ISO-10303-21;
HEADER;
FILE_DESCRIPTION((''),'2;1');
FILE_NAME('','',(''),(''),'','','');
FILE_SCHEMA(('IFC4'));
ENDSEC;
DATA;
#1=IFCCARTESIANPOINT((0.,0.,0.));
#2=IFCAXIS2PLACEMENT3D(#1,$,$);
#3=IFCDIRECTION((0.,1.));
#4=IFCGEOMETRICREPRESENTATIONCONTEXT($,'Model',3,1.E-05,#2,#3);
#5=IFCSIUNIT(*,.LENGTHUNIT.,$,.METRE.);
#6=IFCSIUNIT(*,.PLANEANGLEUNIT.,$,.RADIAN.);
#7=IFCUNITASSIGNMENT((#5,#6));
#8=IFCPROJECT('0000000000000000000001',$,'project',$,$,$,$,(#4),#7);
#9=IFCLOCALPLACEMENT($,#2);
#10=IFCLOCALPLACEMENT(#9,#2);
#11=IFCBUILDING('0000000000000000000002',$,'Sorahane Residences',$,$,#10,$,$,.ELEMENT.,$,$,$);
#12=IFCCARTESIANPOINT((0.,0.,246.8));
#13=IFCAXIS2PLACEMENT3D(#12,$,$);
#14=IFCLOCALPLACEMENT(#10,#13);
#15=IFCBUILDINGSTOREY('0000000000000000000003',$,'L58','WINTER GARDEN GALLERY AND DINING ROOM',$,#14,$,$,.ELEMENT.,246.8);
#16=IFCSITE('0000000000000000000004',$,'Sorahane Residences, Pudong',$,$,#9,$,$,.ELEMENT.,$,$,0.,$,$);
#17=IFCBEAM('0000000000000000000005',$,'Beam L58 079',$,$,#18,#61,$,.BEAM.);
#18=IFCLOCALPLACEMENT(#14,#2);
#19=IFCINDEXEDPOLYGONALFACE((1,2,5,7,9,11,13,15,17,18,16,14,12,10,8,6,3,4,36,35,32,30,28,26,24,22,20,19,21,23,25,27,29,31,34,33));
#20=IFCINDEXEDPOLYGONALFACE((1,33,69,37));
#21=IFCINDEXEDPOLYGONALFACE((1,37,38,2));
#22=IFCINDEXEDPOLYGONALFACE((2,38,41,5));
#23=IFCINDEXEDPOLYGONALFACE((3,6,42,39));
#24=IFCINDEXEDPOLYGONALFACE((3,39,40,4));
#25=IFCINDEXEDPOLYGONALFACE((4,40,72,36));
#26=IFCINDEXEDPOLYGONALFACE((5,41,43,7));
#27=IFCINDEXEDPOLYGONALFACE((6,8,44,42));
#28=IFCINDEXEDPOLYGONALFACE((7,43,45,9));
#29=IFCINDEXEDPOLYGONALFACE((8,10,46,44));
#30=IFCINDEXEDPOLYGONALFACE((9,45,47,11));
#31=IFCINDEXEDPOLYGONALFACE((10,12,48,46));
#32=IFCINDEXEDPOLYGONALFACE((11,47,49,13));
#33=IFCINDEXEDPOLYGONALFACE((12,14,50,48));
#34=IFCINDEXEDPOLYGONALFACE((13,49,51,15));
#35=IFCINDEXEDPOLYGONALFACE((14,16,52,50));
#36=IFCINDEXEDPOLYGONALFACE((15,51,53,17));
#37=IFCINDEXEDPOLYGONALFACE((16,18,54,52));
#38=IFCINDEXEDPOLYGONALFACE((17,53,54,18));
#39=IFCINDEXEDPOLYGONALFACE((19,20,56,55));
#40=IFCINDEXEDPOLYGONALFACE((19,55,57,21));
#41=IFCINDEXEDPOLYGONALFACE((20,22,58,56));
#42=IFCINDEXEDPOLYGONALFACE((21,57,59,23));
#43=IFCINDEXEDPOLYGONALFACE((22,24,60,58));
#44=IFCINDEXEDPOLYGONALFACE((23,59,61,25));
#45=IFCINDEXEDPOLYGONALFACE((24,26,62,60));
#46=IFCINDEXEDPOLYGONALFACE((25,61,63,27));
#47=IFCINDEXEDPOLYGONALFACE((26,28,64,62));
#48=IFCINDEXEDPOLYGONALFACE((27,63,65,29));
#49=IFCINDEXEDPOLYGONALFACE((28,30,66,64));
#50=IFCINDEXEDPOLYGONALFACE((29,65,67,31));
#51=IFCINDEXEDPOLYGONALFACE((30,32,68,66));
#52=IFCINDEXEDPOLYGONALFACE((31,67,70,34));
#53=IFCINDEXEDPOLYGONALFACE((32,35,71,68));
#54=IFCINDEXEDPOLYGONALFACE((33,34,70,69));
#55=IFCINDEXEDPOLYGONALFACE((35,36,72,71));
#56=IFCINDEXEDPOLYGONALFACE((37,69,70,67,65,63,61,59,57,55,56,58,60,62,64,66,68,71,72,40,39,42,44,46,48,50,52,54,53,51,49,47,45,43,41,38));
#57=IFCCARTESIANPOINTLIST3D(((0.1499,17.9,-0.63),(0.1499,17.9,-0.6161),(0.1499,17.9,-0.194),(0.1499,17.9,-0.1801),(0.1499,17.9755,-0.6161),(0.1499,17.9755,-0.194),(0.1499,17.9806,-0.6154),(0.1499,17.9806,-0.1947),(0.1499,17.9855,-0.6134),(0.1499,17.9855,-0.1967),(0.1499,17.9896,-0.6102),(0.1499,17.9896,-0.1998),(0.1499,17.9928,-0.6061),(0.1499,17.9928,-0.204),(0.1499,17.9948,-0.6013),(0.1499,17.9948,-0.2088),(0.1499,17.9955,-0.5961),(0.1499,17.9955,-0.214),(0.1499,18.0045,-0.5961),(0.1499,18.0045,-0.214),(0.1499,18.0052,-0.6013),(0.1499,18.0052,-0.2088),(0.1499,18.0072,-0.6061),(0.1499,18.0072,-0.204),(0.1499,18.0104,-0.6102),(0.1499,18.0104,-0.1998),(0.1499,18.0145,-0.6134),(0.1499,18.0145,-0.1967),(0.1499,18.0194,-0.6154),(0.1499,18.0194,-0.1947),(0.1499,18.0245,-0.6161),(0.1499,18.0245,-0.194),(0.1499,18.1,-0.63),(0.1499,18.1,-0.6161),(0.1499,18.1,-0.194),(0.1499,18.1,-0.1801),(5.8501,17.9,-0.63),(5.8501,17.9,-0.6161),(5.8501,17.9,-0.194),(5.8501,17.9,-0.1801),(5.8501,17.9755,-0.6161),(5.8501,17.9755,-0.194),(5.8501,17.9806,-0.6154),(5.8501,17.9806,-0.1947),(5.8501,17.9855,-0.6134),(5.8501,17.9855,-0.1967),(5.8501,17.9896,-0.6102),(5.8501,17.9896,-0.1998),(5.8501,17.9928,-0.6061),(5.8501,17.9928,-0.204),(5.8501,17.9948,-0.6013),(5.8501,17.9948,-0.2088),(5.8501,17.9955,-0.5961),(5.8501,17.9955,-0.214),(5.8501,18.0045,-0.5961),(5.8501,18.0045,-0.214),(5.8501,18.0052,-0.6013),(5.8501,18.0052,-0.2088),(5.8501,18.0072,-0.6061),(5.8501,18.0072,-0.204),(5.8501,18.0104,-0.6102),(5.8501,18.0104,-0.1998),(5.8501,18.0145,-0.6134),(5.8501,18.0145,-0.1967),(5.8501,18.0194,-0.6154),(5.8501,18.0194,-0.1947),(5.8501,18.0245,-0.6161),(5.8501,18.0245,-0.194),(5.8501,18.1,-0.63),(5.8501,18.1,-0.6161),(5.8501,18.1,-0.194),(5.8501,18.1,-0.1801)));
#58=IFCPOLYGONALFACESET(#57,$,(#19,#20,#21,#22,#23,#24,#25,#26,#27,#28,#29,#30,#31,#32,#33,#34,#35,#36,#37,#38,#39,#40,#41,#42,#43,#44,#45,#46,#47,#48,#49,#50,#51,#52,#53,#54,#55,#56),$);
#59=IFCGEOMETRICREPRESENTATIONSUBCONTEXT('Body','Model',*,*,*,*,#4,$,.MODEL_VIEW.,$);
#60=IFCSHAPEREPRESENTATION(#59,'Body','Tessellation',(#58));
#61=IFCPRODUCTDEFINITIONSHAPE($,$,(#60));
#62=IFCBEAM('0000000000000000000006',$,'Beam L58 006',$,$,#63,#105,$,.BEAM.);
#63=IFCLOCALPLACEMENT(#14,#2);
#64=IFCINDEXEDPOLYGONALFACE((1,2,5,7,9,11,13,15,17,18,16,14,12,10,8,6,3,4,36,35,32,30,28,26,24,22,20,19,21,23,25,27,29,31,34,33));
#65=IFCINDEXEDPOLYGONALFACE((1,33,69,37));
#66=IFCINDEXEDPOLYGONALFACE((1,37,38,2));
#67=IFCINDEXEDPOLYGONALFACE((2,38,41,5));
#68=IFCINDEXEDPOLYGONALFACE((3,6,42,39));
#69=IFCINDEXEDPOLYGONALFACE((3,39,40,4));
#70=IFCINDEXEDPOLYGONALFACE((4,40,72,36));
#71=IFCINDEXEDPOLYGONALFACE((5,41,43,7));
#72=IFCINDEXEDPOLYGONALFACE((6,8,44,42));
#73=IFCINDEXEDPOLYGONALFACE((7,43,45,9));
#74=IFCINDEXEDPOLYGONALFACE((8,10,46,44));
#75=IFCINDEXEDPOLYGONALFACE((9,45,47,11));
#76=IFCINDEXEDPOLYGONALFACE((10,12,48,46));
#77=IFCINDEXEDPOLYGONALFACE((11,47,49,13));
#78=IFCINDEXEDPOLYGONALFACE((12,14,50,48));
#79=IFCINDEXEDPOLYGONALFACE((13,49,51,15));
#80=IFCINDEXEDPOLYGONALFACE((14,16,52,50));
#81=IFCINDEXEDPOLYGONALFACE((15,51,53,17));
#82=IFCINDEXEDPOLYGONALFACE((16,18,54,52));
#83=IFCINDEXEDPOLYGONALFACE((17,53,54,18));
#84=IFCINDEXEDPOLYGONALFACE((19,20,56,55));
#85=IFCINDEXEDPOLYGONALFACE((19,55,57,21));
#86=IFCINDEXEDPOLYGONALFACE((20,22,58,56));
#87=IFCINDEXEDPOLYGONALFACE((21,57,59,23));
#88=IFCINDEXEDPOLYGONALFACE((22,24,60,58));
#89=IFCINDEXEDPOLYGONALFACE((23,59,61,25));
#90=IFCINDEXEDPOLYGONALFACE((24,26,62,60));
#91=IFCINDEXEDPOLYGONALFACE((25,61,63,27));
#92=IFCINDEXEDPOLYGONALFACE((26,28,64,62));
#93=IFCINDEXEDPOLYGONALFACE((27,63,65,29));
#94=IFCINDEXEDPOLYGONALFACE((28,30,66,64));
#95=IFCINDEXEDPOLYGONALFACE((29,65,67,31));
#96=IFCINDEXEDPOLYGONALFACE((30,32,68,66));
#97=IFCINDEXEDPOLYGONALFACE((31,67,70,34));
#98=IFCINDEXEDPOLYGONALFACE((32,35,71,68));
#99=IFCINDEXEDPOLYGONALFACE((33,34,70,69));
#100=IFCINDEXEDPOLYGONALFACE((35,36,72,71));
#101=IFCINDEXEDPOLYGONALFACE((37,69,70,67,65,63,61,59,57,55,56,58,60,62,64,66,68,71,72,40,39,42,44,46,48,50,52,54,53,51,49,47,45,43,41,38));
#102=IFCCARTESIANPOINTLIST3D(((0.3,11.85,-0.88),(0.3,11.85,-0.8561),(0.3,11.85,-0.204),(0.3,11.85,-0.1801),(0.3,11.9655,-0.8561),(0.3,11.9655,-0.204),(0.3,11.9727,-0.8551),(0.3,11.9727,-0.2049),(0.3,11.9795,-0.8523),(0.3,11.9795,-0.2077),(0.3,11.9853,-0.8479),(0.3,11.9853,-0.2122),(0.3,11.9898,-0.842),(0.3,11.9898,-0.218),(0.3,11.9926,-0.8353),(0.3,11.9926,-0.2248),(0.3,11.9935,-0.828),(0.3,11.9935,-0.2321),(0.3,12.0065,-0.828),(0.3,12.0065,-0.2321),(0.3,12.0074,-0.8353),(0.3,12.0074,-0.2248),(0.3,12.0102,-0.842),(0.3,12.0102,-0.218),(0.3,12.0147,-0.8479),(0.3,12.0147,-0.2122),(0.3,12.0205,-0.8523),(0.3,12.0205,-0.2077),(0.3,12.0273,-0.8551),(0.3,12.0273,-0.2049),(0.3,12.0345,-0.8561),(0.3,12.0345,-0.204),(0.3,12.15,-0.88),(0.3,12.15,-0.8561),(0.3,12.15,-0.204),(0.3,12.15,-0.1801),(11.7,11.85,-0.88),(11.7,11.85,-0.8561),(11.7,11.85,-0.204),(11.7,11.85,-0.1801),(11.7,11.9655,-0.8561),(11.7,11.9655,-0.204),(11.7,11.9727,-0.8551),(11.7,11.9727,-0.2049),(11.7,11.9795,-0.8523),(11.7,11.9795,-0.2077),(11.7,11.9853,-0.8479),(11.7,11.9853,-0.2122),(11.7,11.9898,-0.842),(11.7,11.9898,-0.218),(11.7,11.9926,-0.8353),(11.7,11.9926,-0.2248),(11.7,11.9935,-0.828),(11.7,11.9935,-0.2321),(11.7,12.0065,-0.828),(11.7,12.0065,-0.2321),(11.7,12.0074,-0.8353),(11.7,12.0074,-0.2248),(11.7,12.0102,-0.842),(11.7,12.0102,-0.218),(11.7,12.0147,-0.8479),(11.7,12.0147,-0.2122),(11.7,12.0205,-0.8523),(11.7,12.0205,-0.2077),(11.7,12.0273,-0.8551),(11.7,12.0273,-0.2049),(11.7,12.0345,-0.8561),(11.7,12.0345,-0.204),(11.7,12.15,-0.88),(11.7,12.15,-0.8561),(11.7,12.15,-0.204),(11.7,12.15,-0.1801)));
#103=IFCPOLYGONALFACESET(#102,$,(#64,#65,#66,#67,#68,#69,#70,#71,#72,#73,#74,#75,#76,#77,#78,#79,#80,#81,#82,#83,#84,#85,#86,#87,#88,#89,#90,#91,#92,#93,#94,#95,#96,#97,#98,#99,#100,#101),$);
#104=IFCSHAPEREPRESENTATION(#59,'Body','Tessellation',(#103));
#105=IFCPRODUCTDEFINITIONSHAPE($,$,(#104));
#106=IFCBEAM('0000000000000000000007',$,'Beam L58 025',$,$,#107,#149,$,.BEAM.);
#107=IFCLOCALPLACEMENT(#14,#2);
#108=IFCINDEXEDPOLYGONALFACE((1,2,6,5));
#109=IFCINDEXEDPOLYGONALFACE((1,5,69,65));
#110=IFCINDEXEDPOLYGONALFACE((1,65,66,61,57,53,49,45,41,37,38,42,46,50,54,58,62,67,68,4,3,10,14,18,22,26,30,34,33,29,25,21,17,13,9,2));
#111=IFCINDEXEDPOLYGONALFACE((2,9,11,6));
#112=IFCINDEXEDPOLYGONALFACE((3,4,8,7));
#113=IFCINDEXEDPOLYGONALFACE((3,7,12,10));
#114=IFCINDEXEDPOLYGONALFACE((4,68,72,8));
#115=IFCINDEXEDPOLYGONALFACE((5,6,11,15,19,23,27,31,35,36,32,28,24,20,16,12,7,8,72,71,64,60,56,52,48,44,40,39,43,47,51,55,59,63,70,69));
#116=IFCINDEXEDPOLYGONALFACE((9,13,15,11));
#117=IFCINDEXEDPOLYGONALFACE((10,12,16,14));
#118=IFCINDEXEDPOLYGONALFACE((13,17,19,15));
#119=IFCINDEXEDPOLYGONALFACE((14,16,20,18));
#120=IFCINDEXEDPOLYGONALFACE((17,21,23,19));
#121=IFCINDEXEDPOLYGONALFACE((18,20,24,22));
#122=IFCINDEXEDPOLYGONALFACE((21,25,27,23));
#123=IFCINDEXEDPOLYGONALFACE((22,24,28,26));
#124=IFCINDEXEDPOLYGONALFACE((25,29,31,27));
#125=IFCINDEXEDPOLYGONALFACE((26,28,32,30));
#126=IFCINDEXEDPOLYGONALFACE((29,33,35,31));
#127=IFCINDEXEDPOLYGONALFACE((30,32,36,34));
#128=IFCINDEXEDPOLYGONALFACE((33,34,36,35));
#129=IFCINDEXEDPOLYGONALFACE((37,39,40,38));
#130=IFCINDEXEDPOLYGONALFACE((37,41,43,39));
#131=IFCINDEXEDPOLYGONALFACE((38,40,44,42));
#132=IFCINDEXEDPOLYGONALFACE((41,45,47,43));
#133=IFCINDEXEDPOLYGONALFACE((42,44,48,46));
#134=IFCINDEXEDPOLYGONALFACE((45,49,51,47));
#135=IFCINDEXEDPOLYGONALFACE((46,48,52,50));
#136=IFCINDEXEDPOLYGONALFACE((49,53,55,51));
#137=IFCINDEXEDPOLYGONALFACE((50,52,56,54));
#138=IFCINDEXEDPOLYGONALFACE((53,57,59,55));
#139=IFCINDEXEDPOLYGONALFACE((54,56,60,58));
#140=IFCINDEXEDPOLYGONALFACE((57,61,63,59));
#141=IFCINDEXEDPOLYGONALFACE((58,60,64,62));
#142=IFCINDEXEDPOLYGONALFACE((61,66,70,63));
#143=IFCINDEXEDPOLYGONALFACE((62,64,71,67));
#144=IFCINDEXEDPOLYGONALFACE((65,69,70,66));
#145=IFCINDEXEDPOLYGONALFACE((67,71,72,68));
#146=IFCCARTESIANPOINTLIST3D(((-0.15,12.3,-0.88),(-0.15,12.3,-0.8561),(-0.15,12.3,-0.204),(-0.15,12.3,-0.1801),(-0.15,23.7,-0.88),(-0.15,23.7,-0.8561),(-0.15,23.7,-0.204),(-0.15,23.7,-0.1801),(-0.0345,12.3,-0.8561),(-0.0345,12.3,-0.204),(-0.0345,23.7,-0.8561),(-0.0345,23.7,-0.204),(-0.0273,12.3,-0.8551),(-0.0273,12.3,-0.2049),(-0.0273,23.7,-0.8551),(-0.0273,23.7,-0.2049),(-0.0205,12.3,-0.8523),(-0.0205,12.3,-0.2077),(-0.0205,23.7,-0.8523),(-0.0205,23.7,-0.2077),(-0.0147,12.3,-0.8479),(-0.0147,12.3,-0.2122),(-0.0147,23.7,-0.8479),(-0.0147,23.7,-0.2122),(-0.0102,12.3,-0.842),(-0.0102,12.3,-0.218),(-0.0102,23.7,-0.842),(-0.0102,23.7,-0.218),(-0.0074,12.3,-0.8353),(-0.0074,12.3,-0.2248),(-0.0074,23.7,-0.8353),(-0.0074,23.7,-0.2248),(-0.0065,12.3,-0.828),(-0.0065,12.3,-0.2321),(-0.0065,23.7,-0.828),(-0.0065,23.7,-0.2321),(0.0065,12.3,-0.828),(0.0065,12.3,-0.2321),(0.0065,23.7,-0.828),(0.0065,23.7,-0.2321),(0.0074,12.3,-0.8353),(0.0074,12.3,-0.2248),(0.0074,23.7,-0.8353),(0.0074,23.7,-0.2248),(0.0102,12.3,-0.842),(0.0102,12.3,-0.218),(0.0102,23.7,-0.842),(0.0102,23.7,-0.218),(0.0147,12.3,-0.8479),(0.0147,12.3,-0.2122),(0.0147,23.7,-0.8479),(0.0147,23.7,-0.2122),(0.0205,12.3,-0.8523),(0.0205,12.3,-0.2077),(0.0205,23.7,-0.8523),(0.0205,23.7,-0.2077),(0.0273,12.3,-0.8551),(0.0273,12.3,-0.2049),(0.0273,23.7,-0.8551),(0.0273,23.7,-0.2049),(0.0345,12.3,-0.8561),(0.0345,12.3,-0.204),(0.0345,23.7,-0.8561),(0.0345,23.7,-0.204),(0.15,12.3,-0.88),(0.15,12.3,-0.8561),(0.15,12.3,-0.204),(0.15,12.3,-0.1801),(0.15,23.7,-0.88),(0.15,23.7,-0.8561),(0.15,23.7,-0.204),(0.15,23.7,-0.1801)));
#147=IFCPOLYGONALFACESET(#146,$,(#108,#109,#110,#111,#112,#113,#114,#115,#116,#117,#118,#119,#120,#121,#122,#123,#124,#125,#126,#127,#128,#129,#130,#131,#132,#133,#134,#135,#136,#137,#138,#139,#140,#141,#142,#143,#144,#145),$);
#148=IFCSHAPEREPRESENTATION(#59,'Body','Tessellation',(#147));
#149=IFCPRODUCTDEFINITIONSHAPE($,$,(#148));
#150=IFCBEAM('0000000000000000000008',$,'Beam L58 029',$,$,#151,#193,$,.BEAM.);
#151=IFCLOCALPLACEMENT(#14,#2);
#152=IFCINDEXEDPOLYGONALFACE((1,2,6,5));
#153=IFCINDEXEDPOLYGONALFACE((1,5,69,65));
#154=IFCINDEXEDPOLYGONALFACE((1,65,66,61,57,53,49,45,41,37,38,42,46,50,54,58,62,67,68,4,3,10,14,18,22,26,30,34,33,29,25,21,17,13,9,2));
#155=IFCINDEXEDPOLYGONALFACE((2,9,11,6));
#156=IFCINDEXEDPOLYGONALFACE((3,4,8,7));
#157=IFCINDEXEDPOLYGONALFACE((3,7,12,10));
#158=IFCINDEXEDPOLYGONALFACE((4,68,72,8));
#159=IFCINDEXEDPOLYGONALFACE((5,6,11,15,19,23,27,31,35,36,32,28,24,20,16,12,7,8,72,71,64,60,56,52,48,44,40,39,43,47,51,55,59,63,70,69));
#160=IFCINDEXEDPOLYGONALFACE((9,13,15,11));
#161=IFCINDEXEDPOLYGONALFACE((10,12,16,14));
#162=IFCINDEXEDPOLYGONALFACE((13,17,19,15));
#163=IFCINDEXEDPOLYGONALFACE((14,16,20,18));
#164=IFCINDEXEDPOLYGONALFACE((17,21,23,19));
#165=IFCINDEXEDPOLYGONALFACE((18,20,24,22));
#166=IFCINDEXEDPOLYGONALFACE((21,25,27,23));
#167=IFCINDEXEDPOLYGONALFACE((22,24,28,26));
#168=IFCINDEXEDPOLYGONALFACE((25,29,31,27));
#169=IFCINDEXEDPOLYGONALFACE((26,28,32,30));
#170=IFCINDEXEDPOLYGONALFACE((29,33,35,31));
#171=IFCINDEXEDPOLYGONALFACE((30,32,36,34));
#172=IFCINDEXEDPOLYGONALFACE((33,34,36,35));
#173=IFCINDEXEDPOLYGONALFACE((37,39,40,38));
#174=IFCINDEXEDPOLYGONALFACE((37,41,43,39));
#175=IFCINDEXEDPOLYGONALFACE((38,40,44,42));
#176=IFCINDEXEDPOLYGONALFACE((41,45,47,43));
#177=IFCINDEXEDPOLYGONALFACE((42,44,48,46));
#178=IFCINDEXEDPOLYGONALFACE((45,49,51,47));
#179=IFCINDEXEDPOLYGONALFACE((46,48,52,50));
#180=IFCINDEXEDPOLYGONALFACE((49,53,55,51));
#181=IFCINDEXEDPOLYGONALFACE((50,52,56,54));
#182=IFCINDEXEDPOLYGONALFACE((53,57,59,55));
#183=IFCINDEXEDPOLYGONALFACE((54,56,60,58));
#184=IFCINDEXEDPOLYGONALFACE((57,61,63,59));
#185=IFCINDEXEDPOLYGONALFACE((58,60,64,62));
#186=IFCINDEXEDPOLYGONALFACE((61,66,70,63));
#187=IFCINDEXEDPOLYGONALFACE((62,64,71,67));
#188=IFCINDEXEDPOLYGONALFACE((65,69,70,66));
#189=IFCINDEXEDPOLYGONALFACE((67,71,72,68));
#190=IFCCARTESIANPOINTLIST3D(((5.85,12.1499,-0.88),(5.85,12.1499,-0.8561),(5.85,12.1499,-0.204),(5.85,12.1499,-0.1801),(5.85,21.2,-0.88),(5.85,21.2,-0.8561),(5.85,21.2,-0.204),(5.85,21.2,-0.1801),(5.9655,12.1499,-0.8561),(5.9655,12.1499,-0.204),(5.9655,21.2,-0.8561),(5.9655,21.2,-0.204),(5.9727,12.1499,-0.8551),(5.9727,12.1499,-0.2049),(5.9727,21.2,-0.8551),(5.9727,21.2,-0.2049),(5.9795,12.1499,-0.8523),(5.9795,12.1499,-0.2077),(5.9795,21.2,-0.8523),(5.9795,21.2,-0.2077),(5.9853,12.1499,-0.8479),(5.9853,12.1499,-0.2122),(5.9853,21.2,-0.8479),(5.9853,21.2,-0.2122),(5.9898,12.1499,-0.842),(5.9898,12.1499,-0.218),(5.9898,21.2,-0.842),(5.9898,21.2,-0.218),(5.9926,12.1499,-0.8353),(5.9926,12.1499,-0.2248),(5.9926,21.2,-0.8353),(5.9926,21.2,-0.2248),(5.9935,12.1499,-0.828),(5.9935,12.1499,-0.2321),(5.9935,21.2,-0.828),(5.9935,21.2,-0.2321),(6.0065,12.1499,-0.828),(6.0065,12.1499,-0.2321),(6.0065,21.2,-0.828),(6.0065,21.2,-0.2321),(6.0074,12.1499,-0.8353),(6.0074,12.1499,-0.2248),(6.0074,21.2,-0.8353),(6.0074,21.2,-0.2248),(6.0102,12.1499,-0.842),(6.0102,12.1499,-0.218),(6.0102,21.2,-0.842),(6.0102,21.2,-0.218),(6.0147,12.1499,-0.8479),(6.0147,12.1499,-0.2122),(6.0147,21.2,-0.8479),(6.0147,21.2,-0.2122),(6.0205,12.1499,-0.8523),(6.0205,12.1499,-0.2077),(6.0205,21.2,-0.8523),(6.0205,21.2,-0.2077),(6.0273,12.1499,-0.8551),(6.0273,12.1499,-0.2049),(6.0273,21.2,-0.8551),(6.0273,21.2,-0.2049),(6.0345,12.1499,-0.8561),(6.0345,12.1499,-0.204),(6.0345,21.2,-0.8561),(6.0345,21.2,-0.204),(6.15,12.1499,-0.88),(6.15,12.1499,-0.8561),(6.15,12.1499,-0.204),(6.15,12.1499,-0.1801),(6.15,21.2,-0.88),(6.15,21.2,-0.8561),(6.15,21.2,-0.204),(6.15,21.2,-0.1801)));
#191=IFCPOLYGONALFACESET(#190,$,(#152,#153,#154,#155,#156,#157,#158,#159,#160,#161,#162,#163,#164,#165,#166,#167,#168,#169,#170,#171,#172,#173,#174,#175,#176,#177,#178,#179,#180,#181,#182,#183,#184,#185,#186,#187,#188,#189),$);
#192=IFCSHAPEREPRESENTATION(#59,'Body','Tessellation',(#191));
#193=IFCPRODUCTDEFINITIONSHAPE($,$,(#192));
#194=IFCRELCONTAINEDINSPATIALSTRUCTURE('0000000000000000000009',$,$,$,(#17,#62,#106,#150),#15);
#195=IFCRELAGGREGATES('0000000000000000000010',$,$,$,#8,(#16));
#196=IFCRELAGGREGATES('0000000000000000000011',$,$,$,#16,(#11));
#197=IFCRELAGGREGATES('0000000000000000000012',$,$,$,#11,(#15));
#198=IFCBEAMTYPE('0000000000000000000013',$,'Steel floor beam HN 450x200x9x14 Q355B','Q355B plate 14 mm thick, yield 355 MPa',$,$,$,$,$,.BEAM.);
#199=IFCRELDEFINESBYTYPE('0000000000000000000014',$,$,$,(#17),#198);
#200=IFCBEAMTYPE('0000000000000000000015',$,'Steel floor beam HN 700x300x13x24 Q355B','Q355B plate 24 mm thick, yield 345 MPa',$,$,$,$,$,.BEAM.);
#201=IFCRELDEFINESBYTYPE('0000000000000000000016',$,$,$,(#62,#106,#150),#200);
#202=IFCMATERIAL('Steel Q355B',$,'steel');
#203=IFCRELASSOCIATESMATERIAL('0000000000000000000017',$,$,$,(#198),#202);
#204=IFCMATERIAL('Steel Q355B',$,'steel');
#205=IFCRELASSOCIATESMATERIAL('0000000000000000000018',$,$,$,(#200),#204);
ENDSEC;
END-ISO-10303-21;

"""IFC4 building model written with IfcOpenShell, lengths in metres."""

from ifc_helpers import new_model, si_unit, direction, frame, origin, origin_2d, place, context, subcontext, project, spatial, i_section, extrude, material, material_profile, profile_set, type_object, element, save


model = new_model("IFC4")

# Units and contexts
model_context = context("Model", 3, precision=1e-05, world=origin(), true_north=direction((0.0, 1.0)))
body_context = subcontext(model_context, "Body", "Model", "MODEL_VIEW")
ifc_project = project(units=[si_unit("LENGTHUNIT", "METRE"), si_unit("PLANEANGLEUNIT", "RADIAN")], contexts=[model_context])

# Site, building, storey
site_placement = place(None, origin())
site = spatial("IfcSite", under=ifc_project, at=site_placement, Name="Sorahane Residences, Pudong", CompositionType="ELEMENT", RefElevation=0.0)
building_placement = place(site_placement, origin())
building = spatial("IfcBuilding", under=site, at=building_placement, Name="Sorahane Residences", CompositionType="ELEMENT")
storey_placement = place(building_placement, frame((0.0, 0.0, 246.8)))
storey = spatial("IfcBuildingStorey", under=building, at=storey_placement, Name="L58", Description="WINTER GARDEN GALLERY AND DINING ROOM", CompositionType="ELEMENT", Elevation=246.8)

# Beams
ifc_material_1 = material(Name="Steel Q355B", Category="steel")
ifc_material_profile_1 = material_profile(ifc_material_1, i_section(OverallWidth=0.2, OverallDepth=0.45, WebThickness=0.009, FlangeThickness=0.0139, FilletRadius=0.02, at=origin_2d()), Name="HN 450x200x9x14")
ifc_profile_set_1 = profile_set([ifc_material_profile_1], Name="Steel Q355B")
beam_type_1 = type_object("IfcBeamType", Name="Steel floor beam HN 450x200x9x14 Q355B", Description="Q355B plate 14 mm thick, yield 355 MPa", PredefinedType="BEAM", material=ifc_profile_set_1)
beam_1_placement = place(storey_placement, frame((0.1499, 18.0, -0.405), z_axis=(1.0, 0.0, 0.0), x_axis=(0.0, 1.0, 0.0)))
element("IfcBeam", 1, at=beam_1_placement, inside=storey, type_object=beam_type_1, Name="Beam L58 079", PredefinedType="BEAM", context=body_context, shape_type="SweptSolid", body=[
    extrude(i_section(OverallWidth=0.2, OverallDepth=0.45, WebThickness=0.009, FlangeThickness=0.0139, FilletRadius=0.02, at=origin_2d()), origin(), (0.0, 0.0, 1.0), 5.7002),
])
ifc_material_2 = material(Name="Steel Q355B", Category="steel")
ifc_material_profile_2 = material_profile(ifc_material_2, i_section(OverallWidth=0.3, OverallDepth=0.7, WebThickness=0.0129, FlangeThickness=0.0239, FilletRadius=0.0281, at=origin_2d()), Name="HN 700x300x13x24")
ifc_profile_set_2 = profile_set([ifc_material_profile_2], Name="Steel Q355B")
beam_type_2 = type_object("IfcBeamType", Name="Steel floor beam HN 700x300x13x24 Q355B", Description="Q355B plate 24 mm thick, yield 345 MPa", PredefinedType="BEAM", material=ifc_profile_set_2)
for number, where, z_axis, x_axis, name in (
    (2, (0.3, 12.0, -0.53), (1.0, 0.0, 0.0), (0.0, 1.0, 0.0), "Beam L58 006"),
    (3, (0.0, 12.3, -0.53), (0.0, 1.0, 0.0), (-1.0, 0.0, 0.0), "Beam L58 025"),
):
    element("IfcBeam", number, at=place(storey_placement, frame(where, z_axis=z_axis, x_axis=x_axis)), inside=storey, type_object=beam_type_2, Name=name, PredefinedType="BEAM", context=body_context, shape_type="SweptSolid", body=[
        extrude(i_section(OverallWidth=0.3, OverallDepth=0.7, WebThickness=0.0129, FlangeThickness=0.0239, FilletRadius=0.0281, at=origin_2d()), origin(), (0.0, 0.0, 1.0), 11.3999),
    ])
beam_2_placement = place(storey_placement, frame((6.0, 12.1499, -0.53), z_axis=(0.0, 1.0, 0.0), x_axis=(-1.0, 0.0, 0.0)))
element("IfcBeam", 4, at=beam_2_placement, inside=storey, type_object=beam_type_2, Name="Beam L58 029", PredefinedType="BEAM", context=body_context, shape_type="SweptSolid", body=[
    extrude(i_section(OverallWidth=0.3, OverallDepth=0.7, WebThickness=0.0129, FlangeThickness=0.0239, FilletRadius=0.0281, at=origin_2d()), origin(), (0.0, 0.0, 1.0), 9.05),
])

save(model, "model.ifc")
